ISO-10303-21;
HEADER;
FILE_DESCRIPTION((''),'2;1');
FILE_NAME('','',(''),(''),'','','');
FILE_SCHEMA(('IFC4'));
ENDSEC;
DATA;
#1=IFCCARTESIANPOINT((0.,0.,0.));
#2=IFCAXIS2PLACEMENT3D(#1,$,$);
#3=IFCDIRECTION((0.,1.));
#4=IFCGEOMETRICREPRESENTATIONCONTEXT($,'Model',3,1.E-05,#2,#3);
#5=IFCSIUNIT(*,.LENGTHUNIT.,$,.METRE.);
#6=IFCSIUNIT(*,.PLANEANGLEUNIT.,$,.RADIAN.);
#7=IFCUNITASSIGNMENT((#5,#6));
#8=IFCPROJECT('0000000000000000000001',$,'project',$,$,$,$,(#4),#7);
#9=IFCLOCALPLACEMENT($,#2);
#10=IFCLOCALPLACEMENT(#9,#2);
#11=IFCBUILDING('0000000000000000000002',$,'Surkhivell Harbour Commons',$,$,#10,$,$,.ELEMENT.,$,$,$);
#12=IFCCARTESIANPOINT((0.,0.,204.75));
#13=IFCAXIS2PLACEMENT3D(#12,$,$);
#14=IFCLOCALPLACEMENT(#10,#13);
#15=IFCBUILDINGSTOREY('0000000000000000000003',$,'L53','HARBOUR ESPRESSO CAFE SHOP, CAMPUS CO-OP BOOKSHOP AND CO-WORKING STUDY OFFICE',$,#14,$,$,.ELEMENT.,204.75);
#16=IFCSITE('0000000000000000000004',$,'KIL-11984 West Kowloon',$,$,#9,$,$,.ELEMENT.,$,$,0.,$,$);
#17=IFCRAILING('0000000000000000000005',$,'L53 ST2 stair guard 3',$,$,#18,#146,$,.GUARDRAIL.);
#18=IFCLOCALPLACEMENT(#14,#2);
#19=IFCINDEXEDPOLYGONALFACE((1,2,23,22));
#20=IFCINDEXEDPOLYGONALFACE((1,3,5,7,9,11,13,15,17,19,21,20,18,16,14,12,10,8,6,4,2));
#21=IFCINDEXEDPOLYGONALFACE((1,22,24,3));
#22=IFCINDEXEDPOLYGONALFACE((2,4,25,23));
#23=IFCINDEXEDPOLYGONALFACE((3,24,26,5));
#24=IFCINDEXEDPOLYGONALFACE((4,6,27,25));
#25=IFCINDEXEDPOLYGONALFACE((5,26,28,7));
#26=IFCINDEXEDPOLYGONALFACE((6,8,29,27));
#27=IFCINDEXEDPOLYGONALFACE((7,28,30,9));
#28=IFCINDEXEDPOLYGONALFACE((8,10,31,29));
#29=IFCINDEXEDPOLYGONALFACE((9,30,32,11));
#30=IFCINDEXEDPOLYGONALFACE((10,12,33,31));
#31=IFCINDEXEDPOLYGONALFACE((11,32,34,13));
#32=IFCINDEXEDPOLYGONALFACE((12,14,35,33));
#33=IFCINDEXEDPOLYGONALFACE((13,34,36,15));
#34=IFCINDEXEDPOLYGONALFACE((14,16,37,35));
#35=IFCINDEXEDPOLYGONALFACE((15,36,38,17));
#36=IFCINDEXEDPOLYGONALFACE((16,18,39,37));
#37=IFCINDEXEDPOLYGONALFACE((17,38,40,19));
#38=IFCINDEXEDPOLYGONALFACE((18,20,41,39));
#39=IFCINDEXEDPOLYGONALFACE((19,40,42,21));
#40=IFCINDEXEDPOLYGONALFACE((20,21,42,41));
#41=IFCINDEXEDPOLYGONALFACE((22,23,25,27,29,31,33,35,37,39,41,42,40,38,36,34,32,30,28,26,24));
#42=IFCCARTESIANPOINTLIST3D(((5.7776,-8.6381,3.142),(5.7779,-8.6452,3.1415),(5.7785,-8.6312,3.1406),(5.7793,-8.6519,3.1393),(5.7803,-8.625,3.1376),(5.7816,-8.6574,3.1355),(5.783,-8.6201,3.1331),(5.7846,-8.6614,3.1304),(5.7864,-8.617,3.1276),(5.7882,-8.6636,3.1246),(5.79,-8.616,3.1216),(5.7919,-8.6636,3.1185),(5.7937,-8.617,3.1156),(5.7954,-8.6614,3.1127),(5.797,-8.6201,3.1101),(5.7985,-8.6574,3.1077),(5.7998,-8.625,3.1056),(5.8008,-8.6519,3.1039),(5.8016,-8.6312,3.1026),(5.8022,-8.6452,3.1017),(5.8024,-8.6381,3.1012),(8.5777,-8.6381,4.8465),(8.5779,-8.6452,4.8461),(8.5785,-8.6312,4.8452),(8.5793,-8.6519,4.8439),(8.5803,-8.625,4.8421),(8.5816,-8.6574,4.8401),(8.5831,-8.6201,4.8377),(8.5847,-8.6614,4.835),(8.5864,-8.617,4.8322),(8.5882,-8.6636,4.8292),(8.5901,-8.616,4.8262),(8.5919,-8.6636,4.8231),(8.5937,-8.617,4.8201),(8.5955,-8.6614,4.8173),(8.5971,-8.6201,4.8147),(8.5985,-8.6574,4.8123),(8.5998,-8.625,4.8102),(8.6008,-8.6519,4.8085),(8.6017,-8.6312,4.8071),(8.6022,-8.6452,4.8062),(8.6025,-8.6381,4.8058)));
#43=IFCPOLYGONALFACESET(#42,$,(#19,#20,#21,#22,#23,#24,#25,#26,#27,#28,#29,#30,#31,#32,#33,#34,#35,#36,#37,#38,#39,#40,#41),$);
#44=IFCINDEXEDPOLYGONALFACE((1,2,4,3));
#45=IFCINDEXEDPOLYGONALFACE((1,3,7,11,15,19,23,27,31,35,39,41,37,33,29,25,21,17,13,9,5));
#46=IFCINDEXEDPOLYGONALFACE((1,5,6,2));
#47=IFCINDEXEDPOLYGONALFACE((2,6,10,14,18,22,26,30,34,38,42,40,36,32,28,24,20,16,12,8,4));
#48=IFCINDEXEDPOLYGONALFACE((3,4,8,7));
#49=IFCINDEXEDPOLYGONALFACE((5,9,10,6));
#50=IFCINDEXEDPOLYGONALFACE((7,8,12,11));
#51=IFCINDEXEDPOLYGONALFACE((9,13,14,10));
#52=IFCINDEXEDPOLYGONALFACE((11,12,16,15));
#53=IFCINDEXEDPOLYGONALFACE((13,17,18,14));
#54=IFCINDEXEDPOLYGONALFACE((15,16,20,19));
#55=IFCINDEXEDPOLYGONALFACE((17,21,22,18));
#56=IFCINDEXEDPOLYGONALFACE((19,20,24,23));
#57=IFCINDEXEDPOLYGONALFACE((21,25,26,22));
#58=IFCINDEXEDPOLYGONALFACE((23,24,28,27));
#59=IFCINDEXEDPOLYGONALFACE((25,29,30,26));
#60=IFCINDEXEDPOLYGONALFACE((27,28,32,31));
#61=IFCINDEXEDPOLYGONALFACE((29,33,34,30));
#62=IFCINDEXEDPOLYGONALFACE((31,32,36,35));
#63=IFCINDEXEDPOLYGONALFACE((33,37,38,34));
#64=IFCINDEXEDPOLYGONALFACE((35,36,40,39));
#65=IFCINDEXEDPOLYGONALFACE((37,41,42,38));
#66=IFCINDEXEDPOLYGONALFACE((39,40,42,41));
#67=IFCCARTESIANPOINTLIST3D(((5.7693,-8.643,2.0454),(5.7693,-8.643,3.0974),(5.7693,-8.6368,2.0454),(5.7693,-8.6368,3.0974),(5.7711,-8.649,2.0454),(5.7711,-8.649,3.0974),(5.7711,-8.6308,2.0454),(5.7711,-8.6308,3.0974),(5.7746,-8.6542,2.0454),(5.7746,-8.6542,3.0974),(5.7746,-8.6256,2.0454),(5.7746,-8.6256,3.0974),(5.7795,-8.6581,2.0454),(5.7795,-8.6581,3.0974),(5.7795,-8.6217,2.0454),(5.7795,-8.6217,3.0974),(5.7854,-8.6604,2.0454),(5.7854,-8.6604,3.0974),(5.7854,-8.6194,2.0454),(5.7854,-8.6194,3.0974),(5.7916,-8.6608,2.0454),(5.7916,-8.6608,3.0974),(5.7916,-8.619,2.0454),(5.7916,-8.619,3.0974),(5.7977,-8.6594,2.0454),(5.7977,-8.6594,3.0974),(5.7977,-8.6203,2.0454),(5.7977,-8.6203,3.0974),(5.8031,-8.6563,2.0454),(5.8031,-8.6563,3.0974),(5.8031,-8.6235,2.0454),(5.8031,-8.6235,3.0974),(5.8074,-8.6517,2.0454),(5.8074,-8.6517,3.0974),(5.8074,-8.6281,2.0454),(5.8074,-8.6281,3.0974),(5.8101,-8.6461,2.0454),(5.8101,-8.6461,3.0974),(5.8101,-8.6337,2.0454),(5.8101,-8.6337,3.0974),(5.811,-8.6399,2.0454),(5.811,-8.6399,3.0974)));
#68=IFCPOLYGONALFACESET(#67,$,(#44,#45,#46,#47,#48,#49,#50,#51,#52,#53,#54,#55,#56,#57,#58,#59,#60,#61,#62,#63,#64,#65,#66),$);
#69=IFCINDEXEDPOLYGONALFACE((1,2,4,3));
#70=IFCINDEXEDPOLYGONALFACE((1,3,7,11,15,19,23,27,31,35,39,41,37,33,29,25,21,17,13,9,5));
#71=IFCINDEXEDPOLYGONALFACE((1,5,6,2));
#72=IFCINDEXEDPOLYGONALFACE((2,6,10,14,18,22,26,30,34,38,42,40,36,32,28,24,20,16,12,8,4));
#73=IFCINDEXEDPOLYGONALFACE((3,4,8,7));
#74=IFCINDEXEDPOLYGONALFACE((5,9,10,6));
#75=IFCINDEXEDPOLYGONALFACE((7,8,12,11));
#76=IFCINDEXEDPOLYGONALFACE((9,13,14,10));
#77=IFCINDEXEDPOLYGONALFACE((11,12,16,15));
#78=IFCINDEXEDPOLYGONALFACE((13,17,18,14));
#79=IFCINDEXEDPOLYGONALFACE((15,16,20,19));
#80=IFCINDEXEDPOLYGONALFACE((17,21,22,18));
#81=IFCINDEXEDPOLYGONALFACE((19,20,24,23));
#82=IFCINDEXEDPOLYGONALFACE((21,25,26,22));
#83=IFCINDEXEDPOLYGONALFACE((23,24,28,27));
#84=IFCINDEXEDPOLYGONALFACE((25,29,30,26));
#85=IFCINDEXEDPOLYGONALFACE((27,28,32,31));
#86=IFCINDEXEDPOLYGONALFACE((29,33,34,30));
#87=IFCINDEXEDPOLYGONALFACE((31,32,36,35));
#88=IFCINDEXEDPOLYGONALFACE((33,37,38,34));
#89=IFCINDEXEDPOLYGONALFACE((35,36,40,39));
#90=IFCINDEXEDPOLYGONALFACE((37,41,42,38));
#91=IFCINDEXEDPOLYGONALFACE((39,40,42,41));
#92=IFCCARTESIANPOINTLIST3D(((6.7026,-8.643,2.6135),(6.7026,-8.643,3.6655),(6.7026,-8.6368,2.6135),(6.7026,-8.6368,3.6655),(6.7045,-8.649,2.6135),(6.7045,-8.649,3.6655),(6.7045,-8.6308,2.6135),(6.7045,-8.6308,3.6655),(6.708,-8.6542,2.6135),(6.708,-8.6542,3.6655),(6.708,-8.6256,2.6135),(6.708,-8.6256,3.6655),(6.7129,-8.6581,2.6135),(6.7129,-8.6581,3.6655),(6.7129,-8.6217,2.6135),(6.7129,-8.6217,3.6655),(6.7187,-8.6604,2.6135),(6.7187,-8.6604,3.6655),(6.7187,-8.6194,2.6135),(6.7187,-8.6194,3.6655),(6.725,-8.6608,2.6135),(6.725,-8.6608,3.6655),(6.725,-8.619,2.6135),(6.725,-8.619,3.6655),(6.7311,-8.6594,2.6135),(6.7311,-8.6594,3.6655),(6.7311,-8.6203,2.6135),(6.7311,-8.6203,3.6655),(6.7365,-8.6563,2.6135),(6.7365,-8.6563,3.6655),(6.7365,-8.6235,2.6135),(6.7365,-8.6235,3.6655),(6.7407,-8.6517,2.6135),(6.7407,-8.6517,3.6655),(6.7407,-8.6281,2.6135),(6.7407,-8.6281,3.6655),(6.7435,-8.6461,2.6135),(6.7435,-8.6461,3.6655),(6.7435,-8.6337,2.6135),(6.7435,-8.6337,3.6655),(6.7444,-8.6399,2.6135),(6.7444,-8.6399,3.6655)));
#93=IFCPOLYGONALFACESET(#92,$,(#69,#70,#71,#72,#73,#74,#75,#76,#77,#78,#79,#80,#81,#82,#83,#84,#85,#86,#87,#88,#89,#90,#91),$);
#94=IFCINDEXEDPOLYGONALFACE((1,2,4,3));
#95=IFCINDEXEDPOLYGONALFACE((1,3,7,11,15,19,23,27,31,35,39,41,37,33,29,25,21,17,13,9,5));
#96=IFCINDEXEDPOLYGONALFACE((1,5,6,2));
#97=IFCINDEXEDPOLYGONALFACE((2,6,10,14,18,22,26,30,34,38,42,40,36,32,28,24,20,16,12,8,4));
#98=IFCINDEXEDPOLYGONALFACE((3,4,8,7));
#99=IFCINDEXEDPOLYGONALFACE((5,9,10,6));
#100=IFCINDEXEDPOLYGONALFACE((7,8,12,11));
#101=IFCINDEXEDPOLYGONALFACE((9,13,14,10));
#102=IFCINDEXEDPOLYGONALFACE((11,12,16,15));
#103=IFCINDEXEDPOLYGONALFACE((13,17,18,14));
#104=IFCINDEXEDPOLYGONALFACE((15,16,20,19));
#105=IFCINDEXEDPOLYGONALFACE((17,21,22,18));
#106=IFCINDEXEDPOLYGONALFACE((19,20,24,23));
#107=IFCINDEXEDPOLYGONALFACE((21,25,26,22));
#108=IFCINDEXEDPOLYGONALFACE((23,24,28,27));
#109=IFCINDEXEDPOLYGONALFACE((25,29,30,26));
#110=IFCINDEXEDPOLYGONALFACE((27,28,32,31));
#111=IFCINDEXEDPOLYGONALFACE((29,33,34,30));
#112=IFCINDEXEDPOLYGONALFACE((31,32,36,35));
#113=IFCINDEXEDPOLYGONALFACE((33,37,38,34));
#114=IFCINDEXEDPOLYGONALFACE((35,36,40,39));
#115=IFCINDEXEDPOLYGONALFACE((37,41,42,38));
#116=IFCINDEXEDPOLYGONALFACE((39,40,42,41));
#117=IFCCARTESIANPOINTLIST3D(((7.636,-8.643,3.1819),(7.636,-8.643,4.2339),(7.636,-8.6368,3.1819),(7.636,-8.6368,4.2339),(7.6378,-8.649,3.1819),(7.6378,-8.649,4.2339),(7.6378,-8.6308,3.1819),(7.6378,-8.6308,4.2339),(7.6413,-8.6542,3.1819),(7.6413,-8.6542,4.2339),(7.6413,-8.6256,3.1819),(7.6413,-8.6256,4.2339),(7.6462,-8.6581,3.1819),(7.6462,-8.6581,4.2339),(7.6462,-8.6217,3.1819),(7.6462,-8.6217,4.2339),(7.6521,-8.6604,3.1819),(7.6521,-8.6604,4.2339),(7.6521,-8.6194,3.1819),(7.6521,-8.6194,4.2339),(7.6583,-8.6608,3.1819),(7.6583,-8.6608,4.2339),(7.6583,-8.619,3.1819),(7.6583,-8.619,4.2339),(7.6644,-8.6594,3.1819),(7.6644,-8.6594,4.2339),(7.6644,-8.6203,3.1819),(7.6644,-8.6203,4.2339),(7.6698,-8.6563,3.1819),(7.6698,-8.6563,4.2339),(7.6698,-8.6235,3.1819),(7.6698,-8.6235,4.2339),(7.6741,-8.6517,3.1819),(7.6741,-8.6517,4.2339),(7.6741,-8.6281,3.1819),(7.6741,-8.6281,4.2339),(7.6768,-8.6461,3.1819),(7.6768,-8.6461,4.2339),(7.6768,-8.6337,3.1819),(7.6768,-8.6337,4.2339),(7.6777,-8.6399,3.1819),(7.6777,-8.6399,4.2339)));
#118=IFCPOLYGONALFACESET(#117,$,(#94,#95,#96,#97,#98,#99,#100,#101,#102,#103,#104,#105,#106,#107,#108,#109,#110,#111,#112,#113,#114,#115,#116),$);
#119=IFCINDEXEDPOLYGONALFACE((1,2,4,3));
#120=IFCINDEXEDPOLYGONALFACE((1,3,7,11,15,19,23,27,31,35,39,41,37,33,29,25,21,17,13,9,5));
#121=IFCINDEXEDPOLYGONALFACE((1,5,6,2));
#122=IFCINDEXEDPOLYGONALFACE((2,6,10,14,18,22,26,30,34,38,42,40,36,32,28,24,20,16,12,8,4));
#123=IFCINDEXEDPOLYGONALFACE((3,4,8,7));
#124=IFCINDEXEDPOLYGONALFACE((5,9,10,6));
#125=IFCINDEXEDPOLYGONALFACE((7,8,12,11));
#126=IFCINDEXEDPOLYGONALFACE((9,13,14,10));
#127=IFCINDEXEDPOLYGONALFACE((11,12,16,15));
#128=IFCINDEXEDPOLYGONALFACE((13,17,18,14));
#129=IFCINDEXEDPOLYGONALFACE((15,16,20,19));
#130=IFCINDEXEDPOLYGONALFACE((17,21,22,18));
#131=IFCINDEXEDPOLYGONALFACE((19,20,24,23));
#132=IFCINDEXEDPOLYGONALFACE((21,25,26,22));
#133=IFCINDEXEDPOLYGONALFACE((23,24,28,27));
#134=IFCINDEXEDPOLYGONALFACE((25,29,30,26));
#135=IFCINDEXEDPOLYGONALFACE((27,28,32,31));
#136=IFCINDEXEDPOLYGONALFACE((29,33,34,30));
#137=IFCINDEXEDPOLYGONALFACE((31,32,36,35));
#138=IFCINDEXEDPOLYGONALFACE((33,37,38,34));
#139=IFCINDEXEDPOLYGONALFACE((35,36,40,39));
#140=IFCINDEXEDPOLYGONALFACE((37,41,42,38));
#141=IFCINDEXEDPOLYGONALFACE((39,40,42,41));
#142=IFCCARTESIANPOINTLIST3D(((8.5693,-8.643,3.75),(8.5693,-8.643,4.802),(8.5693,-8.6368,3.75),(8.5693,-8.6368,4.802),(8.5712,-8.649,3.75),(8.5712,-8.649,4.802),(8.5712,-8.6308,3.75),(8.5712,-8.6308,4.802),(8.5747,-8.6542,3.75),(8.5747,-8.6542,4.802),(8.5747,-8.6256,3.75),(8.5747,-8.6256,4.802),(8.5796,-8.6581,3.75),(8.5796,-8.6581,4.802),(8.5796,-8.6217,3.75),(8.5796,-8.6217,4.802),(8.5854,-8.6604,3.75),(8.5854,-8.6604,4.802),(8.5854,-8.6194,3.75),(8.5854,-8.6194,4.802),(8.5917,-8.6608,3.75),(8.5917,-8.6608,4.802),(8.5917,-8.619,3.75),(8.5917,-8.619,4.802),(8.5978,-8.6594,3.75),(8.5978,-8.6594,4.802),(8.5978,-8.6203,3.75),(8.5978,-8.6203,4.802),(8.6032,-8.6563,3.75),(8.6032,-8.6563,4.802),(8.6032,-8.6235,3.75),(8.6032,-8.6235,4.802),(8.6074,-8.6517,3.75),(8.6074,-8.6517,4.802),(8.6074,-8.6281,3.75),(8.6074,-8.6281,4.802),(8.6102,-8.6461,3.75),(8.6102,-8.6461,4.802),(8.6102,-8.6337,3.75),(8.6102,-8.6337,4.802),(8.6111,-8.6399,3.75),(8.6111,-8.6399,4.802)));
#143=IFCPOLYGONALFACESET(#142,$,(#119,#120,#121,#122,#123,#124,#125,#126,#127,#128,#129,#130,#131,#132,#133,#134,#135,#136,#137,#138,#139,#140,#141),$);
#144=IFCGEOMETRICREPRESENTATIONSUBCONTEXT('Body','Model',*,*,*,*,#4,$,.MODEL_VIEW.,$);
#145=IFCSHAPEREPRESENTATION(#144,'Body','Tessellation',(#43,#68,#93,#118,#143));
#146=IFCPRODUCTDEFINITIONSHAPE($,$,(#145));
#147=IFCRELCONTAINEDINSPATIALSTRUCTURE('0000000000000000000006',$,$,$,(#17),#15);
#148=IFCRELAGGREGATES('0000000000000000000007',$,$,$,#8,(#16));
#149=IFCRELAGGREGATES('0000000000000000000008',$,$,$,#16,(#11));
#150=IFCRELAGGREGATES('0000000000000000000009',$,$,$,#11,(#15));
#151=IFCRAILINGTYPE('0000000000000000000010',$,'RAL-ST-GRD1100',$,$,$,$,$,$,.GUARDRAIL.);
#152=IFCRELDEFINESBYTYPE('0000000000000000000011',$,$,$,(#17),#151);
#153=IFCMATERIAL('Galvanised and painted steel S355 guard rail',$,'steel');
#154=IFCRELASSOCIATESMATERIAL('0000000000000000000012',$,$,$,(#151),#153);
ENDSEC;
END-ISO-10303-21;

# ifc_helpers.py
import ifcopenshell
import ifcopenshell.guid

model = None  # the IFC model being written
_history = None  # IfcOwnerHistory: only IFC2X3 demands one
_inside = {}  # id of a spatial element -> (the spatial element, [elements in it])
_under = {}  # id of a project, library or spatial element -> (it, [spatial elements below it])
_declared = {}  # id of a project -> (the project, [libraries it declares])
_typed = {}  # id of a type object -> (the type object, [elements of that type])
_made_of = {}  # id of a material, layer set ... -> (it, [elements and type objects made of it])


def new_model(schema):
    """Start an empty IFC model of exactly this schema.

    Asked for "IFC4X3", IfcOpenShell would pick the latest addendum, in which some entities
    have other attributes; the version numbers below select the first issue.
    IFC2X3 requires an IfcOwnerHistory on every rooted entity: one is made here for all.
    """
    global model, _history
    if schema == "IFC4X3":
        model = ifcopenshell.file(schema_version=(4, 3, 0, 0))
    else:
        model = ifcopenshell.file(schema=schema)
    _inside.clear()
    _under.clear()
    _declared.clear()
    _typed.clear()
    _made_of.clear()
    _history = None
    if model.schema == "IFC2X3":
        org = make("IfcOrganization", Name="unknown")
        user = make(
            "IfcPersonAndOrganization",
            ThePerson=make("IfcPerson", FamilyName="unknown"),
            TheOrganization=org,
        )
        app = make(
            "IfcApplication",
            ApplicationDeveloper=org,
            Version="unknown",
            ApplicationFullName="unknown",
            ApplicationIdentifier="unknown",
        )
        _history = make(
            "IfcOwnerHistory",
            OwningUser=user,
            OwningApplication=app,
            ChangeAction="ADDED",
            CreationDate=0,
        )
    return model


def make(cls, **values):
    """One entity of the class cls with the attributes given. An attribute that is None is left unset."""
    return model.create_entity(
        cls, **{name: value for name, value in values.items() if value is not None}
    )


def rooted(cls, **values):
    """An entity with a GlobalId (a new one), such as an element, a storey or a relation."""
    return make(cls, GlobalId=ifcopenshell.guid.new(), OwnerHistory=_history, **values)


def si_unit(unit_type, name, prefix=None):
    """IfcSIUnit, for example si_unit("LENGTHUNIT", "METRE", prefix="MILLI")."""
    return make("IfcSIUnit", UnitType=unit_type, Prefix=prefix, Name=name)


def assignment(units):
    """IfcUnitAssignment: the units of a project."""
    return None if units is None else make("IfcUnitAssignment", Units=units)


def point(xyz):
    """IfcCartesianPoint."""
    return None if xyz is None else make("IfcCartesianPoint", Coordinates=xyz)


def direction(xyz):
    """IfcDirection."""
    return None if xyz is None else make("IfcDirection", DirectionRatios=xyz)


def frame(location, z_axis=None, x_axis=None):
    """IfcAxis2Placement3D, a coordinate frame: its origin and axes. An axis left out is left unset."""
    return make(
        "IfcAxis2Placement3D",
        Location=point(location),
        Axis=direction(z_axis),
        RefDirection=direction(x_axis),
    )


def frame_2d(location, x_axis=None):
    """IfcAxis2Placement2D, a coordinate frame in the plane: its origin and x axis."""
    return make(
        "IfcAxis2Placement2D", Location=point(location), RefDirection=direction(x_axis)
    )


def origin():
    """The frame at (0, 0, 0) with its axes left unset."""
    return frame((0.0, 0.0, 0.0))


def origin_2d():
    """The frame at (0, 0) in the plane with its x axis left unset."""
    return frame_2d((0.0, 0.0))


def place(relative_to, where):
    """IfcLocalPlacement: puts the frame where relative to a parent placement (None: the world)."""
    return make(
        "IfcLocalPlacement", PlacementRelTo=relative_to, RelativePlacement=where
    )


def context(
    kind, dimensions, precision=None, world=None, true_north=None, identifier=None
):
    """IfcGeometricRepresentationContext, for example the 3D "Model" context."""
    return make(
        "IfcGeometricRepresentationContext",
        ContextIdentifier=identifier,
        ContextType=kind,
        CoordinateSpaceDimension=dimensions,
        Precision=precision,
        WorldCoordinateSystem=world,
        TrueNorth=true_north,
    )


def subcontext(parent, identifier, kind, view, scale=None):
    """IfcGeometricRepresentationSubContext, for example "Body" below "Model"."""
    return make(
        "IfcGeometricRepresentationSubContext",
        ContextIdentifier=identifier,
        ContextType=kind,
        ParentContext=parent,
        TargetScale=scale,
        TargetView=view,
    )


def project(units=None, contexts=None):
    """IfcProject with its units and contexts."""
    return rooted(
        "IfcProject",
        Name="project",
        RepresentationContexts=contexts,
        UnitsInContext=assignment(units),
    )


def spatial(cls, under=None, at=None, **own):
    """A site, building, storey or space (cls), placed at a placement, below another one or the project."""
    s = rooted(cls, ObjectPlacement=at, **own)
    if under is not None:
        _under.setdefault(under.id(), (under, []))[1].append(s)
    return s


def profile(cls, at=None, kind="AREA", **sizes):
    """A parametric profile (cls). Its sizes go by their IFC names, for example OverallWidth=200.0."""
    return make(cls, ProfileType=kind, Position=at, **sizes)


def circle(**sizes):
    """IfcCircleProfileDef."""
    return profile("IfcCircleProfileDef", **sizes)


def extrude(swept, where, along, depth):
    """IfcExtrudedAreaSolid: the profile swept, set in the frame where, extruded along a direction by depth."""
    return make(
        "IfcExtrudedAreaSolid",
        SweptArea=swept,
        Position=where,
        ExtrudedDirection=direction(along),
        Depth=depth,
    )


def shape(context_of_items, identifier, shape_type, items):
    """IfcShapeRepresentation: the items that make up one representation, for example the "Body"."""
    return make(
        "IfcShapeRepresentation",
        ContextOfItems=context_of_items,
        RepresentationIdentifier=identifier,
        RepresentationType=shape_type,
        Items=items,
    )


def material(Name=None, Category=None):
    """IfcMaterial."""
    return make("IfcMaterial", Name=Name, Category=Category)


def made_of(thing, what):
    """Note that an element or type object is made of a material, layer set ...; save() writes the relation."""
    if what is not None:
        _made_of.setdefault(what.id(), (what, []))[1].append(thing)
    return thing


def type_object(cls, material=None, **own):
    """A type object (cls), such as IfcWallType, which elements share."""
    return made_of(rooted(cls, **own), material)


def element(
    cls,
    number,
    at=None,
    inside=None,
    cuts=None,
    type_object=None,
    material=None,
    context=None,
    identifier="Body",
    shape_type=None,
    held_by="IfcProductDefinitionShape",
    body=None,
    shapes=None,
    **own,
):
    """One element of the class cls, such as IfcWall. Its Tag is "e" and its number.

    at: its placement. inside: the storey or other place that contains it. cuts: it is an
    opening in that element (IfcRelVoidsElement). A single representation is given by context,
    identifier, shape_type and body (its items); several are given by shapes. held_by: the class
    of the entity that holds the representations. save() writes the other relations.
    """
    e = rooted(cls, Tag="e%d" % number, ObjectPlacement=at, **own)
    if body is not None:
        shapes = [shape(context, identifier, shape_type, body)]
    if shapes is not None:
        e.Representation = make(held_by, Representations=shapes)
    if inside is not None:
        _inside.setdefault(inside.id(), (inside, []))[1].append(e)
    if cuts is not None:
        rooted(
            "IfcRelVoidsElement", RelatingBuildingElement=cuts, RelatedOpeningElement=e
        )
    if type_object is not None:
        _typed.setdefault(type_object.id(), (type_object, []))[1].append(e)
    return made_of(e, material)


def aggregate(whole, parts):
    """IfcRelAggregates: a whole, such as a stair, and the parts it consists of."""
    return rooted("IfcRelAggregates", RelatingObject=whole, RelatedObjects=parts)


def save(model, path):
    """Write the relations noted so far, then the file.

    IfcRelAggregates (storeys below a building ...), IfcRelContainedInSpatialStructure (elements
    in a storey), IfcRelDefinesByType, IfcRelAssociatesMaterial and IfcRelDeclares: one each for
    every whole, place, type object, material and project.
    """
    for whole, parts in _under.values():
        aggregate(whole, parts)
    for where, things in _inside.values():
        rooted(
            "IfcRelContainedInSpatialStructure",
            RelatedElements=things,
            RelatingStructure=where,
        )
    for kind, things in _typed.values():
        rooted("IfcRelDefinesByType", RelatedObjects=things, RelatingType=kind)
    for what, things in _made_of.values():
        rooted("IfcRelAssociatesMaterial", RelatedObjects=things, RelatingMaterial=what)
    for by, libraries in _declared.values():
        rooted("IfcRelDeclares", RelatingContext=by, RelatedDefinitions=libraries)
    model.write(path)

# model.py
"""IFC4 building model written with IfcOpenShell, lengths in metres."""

from ifc_helpers import new_model, si_unit, direction, frame, origin, origin_2d, place, context, subcontext, project, spatial, circle, extrude, material, type_object, element, save


model = new_model("IFC4")

# Units and contexts
model_context = context("Model", 3, precision=1e-05, world=origin(), true_north=direction((0.0, 1.0)))
body_context = subcontext(model_context, "Body", "Model", "MODEL_VIEW")
ifc_project = project(units=[si_unit("LENGTHUNIT", "METRE"), si_unit("PLANEANGLEUNIT", "RADIAN")], contexts=[model_context])

# Site, building, storey
site_placement = place(None, origin())
site = spatial("IfcSite", under=ifc_project, at=site_placement, Name="KIL-11984 West Kowloon", CompositionType="ELEMENT", RefElevation=0.0)
building_placement = place(site_placement, origin())
building = spatial("IfcBuilding", under=site, at=building_placement, Name="Surkhivell Harbour Commons", CompositionType="ELEMENT")
storey_placement = place(building_placement, frame((0.0, 0.0, 204.75)))
storey = spatial("IfcBuildingStorey", under=building, at=storey_placement, Name="L53", Description="HARBOUR ESPRESSO CAFE SHOP, CAMPUS CO-OP BOOKSHOP AND CO-WORKING STUDY OFFICE", CompositionType="ELEMENT", Elevation=204.75)

# Railing
ifc_material_1 = material(Name="Galvanised and painted steel S355 guard rail", Category="steel")
railing_type_1 = type_object("IfcRailingType", Name="RAL-ST-GRD1100", PredefinedType="GUARDRAIL", material=ifc_material_1)
railing_1_placement = place(storey_placement, frame((5.79, -8.6399, 2.0454)))
element("IfcRailing", 1, at=railing_1_placement, inside=storey, type_object=railing_type_1, Name="L53 ST2 stair guard 3", PredefinedType="GUARDRAIL", context=body_context, shape_type="SweptSolid", body=[
    extrude(circle(Radius=0.0239, at=origin_2d()), frame((0.0, 0.0, 1.0762), z_axis=(0.85417, 0.0, 0.519994), x_axis=(0.0, 1.0, 0.0)), (0.0, 0.0, 1.0), 3.2781),
    extrude(circle(Radius=0.021, at=origin_2d()), origin(), (0.0, 0.0, 1.0), 1.052),
    extrude(circle(Radius=0.021, at=origin_2d()), frame((0.9333, 0.0, 0.5681)), (0.0, 0.0, 1.0), 1.052),
    extrude(circle(Radius=0.021, at=origin_2d()), frame((1.8667, 0.0, 1.1365)), (0.0, 0.0, 1.0), 1.052),
    extrude(circle(Radius=0.021, at=origin_2d()), frame((2.8, 0.0, 1.7046)), (0.0, 0.0, 1.0), 1.052),
])

save(model, "model.ifc")
